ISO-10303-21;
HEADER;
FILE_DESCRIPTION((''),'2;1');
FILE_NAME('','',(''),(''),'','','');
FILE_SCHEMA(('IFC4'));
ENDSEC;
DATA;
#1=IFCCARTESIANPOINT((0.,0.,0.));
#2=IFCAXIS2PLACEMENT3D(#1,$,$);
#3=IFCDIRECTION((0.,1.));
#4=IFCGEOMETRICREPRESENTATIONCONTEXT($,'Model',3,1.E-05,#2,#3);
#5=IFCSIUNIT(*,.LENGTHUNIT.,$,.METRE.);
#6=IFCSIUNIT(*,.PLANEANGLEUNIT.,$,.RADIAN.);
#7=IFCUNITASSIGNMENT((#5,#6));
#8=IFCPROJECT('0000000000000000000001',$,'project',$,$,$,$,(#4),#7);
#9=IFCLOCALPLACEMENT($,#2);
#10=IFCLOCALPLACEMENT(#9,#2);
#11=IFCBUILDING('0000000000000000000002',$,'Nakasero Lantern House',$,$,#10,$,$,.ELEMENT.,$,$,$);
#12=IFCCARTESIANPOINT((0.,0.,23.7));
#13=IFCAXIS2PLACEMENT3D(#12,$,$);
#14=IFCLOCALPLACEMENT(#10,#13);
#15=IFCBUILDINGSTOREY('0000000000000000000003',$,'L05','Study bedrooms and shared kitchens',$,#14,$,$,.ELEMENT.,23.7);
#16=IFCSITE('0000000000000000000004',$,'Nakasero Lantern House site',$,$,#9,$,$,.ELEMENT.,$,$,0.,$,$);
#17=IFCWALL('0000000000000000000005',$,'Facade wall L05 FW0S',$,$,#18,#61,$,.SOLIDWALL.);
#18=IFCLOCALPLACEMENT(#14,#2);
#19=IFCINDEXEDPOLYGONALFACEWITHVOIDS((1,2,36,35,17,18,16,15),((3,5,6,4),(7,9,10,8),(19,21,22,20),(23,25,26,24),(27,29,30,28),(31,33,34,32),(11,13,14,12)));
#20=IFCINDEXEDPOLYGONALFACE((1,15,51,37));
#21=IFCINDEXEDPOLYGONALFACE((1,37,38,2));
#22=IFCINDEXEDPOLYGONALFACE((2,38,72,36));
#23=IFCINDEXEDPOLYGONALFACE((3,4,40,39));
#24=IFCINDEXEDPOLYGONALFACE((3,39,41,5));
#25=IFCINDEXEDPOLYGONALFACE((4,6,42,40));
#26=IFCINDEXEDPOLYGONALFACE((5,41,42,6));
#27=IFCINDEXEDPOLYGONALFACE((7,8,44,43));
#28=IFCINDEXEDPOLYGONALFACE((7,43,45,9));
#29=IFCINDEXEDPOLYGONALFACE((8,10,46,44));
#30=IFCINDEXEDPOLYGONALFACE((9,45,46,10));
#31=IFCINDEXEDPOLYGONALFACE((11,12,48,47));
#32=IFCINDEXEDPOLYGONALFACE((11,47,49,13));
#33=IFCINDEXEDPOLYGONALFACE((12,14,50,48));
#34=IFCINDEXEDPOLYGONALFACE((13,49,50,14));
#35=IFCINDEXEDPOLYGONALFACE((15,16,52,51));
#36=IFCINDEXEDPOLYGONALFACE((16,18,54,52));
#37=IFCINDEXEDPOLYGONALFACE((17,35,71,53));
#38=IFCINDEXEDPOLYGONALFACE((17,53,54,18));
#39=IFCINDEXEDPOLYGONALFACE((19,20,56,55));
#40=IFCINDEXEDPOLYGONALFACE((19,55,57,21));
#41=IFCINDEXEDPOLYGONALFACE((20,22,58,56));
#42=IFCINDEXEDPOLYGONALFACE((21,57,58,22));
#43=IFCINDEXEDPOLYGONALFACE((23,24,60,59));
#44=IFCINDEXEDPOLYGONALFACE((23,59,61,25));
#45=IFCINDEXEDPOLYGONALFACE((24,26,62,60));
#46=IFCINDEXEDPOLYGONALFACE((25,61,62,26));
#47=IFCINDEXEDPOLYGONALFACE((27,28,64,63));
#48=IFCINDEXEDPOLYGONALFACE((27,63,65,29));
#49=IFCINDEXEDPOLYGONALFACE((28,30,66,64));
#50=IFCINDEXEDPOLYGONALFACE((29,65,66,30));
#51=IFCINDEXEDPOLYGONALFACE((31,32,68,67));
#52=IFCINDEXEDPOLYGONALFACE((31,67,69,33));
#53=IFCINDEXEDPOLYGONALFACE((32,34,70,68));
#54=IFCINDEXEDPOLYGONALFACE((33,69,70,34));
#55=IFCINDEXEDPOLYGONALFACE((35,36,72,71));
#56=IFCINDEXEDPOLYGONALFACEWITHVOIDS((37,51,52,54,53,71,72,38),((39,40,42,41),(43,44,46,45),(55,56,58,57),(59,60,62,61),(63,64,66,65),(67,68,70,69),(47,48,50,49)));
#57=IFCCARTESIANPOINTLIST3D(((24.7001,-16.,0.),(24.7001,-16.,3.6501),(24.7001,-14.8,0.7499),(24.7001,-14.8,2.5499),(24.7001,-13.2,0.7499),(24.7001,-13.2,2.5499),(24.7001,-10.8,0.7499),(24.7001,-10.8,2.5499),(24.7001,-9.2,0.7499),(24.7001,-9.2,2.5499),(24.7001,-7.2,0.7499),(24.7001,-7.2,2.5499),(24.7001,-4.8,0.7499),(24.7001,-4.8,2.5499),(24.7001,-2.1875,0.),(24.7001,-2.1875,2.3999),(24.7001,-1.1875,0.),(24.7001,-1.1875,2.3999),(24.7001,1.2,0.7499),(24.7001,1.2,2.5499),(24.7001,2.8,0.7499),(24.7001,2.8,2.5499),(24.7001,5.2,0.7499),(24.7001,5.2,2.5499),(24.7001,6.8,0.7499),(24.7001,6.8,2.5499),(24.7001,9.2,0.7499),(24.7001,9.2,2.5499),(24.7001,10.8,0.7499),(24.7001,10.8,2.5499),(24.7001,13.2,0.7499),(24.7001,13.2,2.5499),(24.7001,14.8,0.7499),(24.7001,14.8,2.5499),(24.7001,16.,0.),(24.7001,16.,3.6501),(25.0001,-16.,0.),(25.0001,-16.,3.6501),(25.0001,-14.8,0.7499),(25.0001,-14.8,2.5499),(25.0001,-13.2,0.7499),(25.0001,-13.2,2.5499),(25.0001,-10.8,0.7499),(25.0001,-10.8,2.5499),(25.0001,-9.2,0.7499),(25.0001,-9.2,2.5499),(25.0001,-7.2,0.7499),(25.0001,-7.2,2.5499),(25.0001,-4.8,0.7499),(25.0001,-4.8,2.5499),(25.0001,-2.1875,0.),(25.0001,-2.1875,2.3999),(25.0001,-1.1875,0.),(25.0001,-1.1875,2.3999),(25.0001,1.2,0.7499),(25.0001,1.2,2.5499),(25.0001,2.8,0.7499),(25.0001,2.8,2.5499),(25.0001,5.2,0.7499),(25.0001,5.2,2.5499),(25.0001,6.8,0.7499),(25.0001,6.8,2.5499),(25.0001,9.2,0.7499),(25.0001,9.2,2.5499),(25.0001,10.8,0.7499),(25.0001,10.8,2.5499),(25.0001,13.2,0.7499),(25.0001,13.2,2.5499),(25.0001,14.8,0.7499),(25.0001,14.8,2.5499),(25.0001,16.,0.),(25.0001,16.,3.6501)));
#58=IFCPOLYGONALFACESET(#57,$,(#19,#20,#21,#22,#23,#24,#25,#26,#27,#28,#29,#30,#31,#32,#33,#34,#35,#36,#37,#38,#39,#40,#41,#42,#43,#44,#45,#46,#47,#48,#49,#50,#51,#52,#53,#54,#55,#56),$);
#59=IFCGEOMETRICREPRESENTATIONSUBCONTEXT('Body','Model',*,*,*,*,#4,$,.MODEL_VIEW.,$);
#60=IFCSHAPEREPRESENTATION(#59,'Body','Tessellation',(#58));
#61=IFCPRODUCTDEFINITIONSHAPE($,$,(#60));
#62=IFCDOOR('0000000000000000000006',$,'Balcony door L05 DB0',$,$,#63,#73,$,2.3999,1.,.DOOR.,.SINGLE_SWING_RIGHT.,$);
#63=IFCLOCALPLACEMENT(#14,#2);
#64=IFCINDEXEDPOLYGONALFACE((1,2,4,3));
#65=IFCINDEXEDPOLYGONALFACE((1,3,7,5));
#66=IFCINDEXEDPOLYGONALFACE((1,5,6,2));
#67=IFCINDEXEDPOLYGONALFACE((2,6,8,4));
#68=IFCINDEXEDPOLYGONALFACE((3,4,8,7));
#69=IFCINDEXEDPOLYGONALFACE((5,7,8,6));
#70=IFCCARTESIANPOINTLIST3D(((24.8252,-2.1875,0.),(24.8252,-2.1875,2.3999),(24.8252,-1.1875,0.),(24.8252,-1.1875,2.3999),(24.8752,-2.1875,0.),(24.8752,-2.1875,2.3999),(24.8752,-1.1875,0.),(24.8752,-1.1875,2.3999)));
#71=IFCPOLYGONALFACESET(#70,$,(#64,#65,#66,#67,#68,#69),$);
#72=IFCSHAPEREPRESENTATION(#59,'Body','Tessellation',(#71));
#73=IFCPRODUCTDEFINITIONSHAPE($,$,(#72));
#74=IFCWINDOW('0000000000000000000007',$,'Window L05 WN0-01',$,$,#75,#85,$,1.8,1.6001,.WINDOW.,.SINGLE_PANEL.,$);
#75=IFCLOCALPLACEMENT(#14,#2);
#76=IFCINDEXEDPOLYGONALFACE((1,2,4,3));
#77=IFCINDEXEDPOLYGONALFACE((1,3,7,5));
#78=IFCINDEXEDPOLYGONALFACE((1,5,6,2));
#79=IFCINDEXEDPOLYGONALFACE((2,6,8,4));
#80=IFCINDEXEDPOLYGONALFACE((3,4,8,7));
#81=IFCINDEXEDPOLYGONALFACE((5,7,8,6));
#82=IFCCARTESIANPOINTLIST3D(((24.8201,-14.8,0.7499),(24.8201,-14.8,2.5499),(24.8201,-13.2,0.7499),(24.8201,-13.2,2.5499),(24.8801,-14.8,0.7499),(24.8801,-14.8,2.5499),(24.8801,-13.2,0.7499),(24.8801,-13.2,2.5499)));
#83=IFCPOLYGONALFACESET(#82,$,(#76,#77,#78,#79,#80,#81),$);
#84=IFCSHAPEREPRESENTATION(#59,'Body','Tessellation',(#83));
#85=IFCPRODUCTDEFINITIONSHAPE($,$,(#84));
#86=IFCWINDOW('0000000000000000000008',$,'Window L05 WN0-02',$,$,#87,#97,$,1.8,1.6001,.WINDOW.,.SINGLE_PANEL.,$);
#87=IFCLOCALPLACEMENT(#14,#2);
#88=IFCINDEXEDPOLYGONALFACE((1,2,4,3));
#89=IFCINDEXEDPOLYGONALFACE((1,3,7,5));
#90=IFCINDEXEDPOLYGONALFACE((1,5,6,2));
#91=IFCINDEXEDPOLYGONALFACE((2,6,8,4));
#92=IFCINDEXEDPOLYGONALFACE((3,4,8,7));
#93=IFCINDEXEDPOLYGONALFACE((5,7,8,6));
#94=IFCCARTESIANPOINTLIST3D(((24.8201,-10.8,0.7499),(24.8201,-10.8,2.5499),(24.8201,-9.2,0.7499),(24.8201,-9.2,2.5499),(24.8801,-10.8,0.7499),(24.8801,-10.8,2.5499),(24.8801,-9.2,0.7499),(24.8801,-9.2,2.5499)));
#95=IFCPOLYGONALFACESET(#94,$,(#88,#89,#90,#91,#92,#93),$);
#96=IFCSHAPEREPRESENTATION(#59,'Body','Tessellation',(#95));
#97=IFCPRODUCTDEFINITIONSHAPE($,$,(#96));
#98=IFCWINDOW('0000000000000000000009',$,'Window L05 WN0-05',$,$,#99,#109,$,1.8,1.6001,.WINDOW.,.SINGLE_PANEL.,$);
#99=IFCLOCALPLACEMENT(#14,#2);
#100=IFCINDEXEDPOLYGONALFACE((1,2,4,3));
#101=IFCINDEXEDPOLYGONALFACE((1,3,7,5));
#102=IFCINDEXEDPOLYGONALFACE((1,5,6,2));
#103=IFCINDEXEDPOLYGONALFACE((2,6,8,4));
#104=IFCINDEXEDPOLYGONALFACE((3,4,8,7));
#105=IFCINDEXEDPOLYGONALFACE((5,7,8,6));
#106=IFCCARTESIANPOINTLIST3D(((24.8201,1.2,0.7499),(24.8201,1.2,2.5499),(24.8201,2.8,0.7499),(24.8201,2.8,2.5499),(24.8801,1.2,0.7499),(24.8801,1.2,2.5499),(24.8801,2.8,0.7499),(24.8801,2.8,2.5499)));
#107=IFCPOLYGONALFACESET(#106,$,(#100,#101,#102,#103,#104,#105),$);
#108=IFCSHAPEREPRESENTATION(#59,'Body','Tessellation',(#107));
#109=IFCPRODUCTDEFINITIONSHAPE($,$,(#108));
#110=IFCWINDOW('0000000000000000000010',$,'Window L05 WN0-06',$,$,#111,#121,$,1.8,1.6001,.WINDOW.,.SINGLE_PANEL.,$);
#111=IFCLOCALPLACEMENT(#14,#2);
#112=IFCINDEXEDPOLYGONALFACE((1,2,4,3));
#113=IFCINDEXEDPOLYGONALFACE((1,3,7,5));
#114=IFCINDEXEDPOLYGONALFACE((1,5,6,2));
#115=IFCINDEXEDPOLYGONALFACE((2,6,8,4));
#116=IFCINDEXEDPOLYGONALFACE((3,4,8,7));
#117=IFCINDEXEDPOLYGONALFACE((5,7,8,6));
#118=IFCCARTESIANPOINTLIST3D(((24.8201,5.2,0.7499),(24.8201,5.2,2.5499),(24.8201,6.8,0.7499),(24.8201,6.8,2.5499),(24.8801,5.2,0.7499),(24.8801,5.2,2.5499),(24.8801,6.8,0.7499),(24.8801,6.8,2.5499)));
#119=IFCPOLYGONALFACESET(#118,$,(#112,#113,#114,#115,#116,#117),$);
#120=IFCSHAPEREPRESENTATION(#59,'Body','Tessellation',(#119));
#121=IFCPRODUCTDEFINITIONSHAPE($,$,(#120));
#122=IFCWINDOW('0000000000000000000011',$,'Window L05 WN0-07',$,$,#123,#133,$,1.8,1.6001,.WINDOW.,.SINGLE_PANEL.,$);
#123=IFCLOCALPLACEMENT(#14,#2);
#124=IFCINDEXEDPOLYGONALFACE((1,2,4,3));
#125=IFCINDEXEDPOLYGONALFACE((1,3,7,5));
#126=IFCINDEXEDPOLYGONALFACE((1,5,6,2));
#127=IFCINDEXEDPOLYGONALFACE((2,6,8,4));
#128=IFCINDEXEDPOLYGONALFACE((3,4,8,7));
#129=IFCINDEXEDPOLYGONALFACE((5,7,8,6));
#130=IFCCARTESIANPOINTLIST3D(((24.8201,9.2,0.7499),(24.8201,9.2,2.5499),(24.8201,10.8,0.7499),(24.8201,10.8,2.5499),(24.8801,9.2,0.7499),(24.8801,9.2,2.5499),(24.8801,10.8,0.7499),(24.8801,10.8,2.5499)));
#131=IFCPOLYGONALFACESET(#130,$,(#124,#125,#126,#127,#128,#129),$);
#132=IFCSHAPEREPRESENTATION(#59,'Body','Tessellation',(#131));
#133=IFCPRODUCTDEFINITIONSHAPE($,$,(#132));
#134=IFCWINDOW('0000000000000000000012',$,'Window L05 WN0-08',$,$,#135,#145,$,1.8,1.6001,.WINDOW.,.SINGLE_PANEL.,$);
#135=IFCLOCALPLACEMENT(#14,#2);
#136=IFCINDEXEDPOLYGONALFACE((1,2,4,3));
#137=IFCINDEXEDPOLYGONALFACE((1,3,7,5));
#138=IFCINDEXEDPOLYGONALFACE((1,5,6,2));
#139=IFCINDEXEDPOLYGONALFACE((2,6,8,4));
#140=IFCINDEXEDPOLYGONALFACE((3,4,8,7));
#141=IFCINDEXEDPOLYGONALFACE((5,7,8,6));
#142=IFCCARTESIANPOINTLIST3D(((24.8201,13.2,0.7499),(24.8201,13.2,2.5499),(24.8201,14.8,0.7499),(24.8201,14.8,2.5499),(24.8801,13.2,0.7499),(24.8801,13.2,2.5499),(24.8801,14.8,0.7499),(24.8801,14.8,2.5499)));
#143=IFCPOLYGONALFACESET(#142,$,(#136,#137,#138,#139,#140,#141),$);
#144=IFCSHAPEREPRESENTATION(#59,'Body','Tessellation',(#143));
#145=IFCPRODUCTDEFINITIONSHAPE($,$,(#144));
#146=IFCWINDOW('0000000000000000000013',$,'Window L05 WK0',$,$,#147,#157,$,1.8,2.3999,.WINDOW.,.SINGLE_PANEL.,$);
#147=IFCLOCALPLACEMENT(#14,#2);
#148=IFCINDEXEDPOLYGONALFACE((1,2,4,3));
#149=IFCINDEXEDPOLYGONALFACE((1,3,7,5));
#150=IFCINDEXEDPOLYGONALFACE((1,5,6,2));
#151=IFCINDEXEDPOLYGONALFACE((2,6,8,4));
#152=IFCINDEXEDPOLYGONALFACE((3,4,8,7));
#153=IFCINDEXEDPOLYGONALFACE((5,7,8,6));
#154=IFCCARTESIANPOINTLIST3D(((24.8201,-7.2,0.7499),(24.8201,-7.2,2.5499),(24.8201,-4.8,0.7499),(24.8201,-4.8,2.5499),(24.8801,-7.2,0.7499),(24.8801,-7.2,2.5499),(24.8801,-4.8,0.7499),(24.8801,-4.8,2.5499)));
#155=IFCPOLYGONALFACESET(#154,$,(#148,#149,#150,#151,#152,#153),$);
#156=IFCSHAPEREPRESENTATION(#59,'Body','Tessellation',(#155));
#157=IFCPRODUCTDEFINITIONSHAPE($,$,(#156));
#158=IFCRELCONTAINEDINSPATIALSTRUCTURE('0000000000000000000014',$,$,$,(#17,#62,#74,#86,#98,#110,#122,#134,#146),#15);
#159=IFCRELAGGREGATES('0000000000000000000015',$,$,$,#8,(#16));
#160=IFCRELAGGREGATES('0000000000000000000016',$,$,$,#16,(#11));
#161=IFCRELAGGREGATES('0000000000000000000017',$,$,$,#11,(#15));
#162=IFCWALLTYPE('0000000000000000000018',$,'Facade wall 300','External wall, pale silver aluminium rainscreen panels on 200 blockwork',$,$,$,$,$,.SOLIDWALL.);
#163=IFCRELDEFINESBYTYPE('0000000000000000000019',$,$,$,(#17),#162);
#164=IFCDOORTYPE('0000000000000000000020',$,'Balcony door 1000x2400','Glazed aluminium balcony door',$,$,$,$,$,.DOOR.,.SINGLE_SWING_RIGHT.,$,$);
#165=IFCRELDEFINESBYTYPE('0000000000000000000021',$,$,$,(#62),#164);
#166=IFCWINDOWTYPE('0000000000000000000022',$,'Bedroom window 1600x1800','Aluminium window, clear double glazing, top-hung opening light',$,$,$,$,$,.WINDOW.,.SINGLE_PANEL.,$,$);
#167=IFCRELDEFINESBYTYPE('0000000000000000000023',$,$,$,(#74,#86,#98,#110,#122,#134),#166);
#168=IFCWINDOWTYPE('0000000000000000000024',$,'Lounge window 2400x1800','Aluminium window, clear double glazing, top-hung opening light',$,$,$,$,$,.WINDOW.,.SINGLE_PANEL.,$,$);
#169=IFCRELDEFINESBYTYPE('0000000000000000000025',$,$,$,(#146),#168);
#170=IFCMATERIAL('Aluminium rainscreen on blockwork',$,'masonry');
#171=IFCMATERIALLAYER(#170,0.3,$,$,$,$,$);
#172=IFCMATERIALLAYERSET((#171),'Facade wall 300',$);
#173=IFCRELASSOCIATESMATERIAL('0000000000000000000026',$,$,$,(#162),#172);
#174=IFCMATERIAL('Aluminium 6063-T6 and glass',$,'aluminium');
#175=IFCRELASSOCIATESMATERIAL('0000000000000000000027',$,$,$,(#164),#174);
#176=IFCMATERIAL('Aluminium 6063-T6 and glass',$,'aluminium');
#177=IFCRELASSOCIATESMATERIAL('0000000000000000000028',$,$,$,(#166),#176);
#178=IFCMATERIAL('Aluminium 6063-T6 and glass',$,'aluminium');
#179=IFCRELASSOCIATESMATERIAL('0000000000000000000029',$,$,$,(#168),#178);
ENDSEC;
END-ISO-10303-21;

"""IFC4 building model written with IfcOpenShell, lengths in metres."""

from ifc_helpers import new_model, si_unit, direction, frame, frame_2d, origin, place, context, subcontext, project, spatial, rectangle, extrude, material, layer, layer_set, type_object, element, fill, save


model = new_model("IFC4")

# Units and contexts
model_context = context("Model", 3, precision=1e-05, world=origin(), true_north=direction((0.0, 1.0)))
body_context = subcontext(model_context, "Body", "Model", "MODEL_VIEW")
ifc_project = project(units=[si_unit("LENGTHUNIT", "METRE"), si_unit("PLANEANGLEUNIT", "RADIAN")], contexts=[model_context])

# Site, building, storey
site_placement = place(None, origin())
site = spatial("IfcSite", under=ifc_project, at=site_placement, Name="Nakasero Lantern House site", CompositionType="ELEMENT", RefElevation=0.0)
building_placement = place(site_placement, origin())
building = spatial("IfcBuilding", under=site, at=building_placement, Name="Nakasero Lantern House", CompositionType="ELEMENT")
storey_placement = place(building_placement, frame((0.0, 0.0, 23.7)))
storey = spatial("IfcBuildingStorey", under=building, at=storey_placement, Name="L05", Description="Study bedrooms and shared kitchens", CompositionType="ELEMENT", Elevation=23.7)

# Wall, openings, door, windows
ifc_material_1 = material(Name="Aluminium rainscreen on blockwork", Category="masonry")
ifc_layer_1 = layer(ifc_material_1, 0.3)
ifc_layer_set_1 = layer_set([ifc_layer_1], Name="Facade wall 300")
wall_type_1 = type_object("IfcWallType", Name="Facade wall 300", Description="External wall, pale silver aluminium rainscreen panels on 200 blockwork", PredefinedType="SOLIDWALL", material=ifc_layer_set_1)
wall_1_placement = place(storey_placement, frame((24.8501, -16.0, 0.0), z_axis=(0.0, 0.0, 1.0), x_axis=(0.0, 1.0, 0.0)))
wall_1 = element("IfcWall", 1, at=wall_1_placement, inside=storey, type_object=wall_type_1, Name="Facade wall L05 FW0S", PredefinedType="SOLIDWALL", context=body_context, shape_type="SweptSolid", body=[
    extrude(rectangle(XDim=32.0, YDim=0.3, at=frame_2d((16.0, 0.0))), origin(), (0.0, 0.0, 1.0), 3.6501),
])
opening_1_placement = place(wall_1_placement, frame((1.2, 0.0, 0.75)))
opening_1 = element("IfcOpeningElement", 2, at=opening_1_placement, cuts=wall_1, PredefinedType="OPENING", context=body_context, shape_type="SweptSolid", body=[
    extrude(rectangle(XDim=1.6001, YDim=1.8, at=frame_2d((0.8, 0.8999))), frame((0.0, 0.1699, 0.0), z_axis=(0.0, -1.0, 0.0), x_axis=(1.0, 0.0, 0.0)), (0.0, 0.0, 1.0), 0.3401),
])
opening_2_placement = place(wall_1_placement, frame((5.2, 0.0, 0.75)))
opening_2 = element("IfcOpeningElement", 3, at=opening_2_placement, cuts=wall_1, PredefinedType="OPENING", context=body_context, shape_type="SweptSolid", body=[
    extrude(rectangle(XDim=1.6001, YDim=1.8, at=frame_2d((0.8, 0.8999))), frame((0.0, 0.1699, 0.0), z_axis=(0.0, -1.0, 0.0), x_axis=(1.0, 0.0, 0.0)), (0.0, 0.0, 1.0), 0.3401),
])
opening_3_placement = place(wall_1_placement, frame((17.2, 0.0, 0.75)))
opening_3 = element("IfcOpeningElement", 4, at=opening_3_placement, cuts=wall_1, PredefinedType="OPENING", context=body_context, shape_type="SweptSolid", body=[
    extrude(rectangle(XDim=1.6001, YDim=1.8, at=frame_2d((0.8, 0.8999))), frame((0.0, 0.1699, 0.0), z_axis=(0.0, -1.0, 0.0), x_axis=(1.0, 0.0, 0.0)), (0.0, 0.0, 1.0), 0.3401),
])
opening_4_placement = place(wall_1_placement, frame((21.2, 0.0, 0.75)))
opening_4 = element("IfcOpeningElement", 5, at=opening_4_placement, cuts=wall_1, PredefinedType="OPENING", context=body_context, shape_type="SweptSolid", body=[
    extrude(rectangle(XDim=1.6001, YDim=1.8, at=frame_2d((0.8, 0.8999))), frame((0.0, 0.1699, 0.0), z_axis=(0.0, -1.0, 0.0), x_axis=(1.0, 0.0, 0.0)), (0.0, 0.0, 1.0), 0.3401),
])
opening_5_placement = place(wall_1_placement, frame((25.2, 0.0, 0.75)))
opening_5 = element("IfcOpeningElement", 6, at=opening_5_placement, cuts=wall_1, PredefinedType="OPENING", context=body_context, shape_type="SweptSolid", body=[
    extrude(rectangle(XDim=1.6001, YDim=1.8, at=frame_2d((0.8, 0.8999))), frame((0.0, 0.1699, 0.0), z_axis=(0.0, -1.0, 0.0), x_axis=(1.0, 0.0, 0.0)), (0.0, 0.0, 1.0), 0.3401),
])
opening_6_placement = place(wall_1_placement, frame((29.2, 0.0, 0.75)))
opening_6 = element("IfcOpeningElement", 7, at=opening_6_placement, cuts=wall_1, PredefinedType="OPENING", context=body_context, shape_type="SweptSolid", body=[
    extrude(rectangle(XDim=1.6001, YDim=1.8, at=frame_2d((0.8, 0.8999))), frame((0.0, 0.1699, 0.0), z_axis=(0.0, -1.0, 0.0), x_axis=(1.0, 0.0, 0.0)), (0.0, 0.0, 1.0), 0.3401),
])
opening_7_placement = place(wall_1_placement, frame((8.8, 0.0, 0.75)))
opening_7 = element("IfcOpeningElement", 8, at=opening_7_placement, cuts=wall_1, PredefinedType="OPENING", context=body_context, shape_type="SweptSolid", body=[
    extrude(rectangle(XDim=2.3999, YDim=1.8, at=frame_2d((1.2, 0.8999))), frame((0.0, 0.1699, 0.0), z_axis=(0.0, -1.0, 0.0), x_axis=(1.0, 0.0, 0.0)), (0.0, 0.0, 1.0), 0.3401),
])
opening_8_placement = place(wall_1_placement, frame((13.8125, 0.0, 0.0)))
opening_8 = element("IfcOpeningElement", 9, at=opening_8_placement, cuts=wall_1, PredefinedType="OPENING", context=body_context, shape_type="SweptSolid", body=[
    extrude(rectangle(XDim=1.0, YDim=2.3999, at=frame_2d((0.5, 1.2))), frame((0.0, 0.1699, 0.0), z_axis=(0.0, -1.0, 0.0), x_axis=(1.0, 0.0, 0.0)), (0.0, 0.0, 1.0), 0.3401),
])
ifc_material_2 = material(Name="Aluminium 6063-T6 and glass", Category="aluminium")
door_type = type_object("IfcDoorType", Name="Balcony door 1000x2400", Description="Glazed aluminium balcony door", OperationType="SINGLE_SWING_RIGHT", PredefinedType="DOOR", material=ifc_material_2)
door_placement = place(opening_8_placement, origin())
door = element("IfcDoor", 10, at=door_placement, inside=storey, type_object=door_type, Name="Balcony door L05 DB0", OperationType="SINGLE_SWING_RIGHT", OverallHeight=2.3999, OverallWidth=1.0, PredefinedType="DOOR", context=body_context, shape_type="SweptSolid", body=[
    extrude(rectangle(XDim=1.0, YDim=2.3999, at=frame_2d((0.5, 1.2))), frame((0.0, 0.0249, 0.0), z_axis=(0.0, -1.0, 0.0), x_axis=(1.0, 0.0, 0.0)), (0.0, 0.0, 1.0), 0.05),
])
fill(opening_8, door)
ifc_material_3 = material(Name="Aluminium 6063-T6 and glass", Category="aluminium")
window_type_1 = type_object("IfcWindowType", Name="Bedroom window 1600x1800", Description="Aluminium window, clear double glazing, top-hung opening light", PartitioningType="SINGLE_PANEL", PredefinedType="WINDOW", material=ifc_material_3)
window_1_placement = place(opening_1_placement, origin())
window_1 = element("IfcWindow", 11, at=window_1_placement, inside=storey, type_object=window_type_1, Name="Window L05 WN0-01", OverallHeight=1.8, OverallWidth=1.6001, PartitioningType="SINGLE_PANEL", PredefinedType="WINDOW", context=body_context, shape_type="SweptSolid", body=[
    extrude(rectangle(XDim=1.6001, YDim=1.8, at=frame_2d((0.8, 0.8999))), frame((0.0, 0.03, 0.0), z_axis=(0.0, -1.0, 0.0), x_axis=(1.0, 0.0, 0.0)), (0.0, 0.0, 1.0), 0.0601),
])
fill(opening_1, window_1)
window_2_placement = place(opening_2_placement, origin())
window_2 = element("IfcWindow", 12, at=window_2_placement, inside=storey, type_object=window_type_1, Name="Window L05 WN0-02", OverallHeight=1.8, OverallWidth=1.6001, PartitioningType="SINGLE_PANEL", PredefinedType="WINDOW", context=body_context, shape_type="SweptSolid", body=[
    extrude(rectangle(XDim=1.6001, YDim=1.8, at=frame_2d((0.8, 0.8999))), frame((0.0, 0.03, 0.0), z_axis=(0.0, -1.0, 0.0), x_axis=(1.0, 0.0, 0.0)), (0.0, 0.0, 1.0), 0.0601),
])
fill(opening_2, window_2)
window_3_placement = place(opening_3_placement, origin())
window_3 = element("IfcWindow", 13, at=window_3_placement, inside=storey, type_object=window_type_1, Name="Window L05 WN0-05", OverallHeight=1.8, OverallWidth=1.6001, PartitioningType="SINGLE_PANEL", PredefinedType="WINDOW", context=body_context, shape_type="SweptSolid", body=[
    extrude(rectangle(XDim=1.6001, YDim=1.8, at=frame_2d((0.8, 0.8999))), frame((0.0, 0.03, 0.0), z_axis=(0.0, -1.0, 0.0), x_axis=(1.0, 0.0, 0.0)), (0.0, 0.0, 1.0), 0.0601),
])
fill(opening_3, window_3)
window_4_placement = place(opening_4_placement, origin())
window_4 = element("IfcWindow", 14, at=window_4_placement, inside=storey, type_object=window_type_1, Name="Window L05 WN0-06", OverallHeight=1.8, OverallWidth=1.6001, PartitioningType="SINGLE_PANEL", PredefinedType="WINDOW", context=body_context, shape_type="SweptSolid", body=[
    extrude(rectangle(XDim=1.6001, YDim=1.8, at=frame_2d((0.8, 0.8999))), frame((0.0, 0.03, 0.0), z_axis=(0.0, -1.0, 0.0), x_axis=(1.0, 0.0, 0.0)), (0.0, 0.0, 1.0), 0.0601),
])
fill(opening_4, window_4)
window_5_placement = place(opening_5_placement, origin())
window_5 = element("IfcWindow", 15, at=window_5_placement, inside=storey, type_object=window_type_1, Name="Window L05 WN0-07", OverallHeight=1.8, OverallWidth=1.6001, PartitioningType="SINGLE_PANEL", PredefinedType="WINDOW", context=body_context, shape_type="SweptSolid", body=[
    extrude(rectangle(XDim=1.6001, YDim=1.8, at=frame_2d((0.8, 0.8999))), frame((0.0, 0.03, 0.0), z_axis=(0.0, -1.0, 0.0), x_axis=(1.0, 0.0, 0.0)), (0.0, 0.0, 1.0), 0.0601),
])
fill(opening_5, window_5)
window_6_placement = place(opening_6_placement, origin())
window_6 = element("IfcWindow", 16, at=window_6_placement, inside=storey, type_object=window_type_1, Name="Window L05 WN0-08", OverallHeight=1.8, OverallWidth=1.6001, PartitioningType="SINGLE_PANEL", PredefinedType="WINDOW", context=body_context, shape_type="SweptSolid", body=[
    extrude(rectangle(XDim=1.6001, YDim=1.8, at=frame_2d((0.8, 0.8999))), frame((0.0, 0.03, 0.0), z_axis=(0.0, -1.0, 0.0), x_axis=(1.0, 0.0, 0.0)), (0.0, 0.0, 1.0), 0.0601),
])
fill(opening_6, window_6)
ifc_material_4 = material(Name="Aluminium 6063-T6 and glass", Category="aluminium")
window_type_2 = type_object("IfcWindowType", Name="Lounge window 2400x1800", Description="Aluminium window, clear double glazing, top-hung opening light", PartitioningType="SINGLE_PANEL", PredefinedType="WINDOW", material=ifc_material_4)
window_7_placement = place(opening_7_placement, origin())
window_7 = element("IfcWindow", 17, at=window_7_placement, inside=storey, type_object=window_type_2, Name="Window L05 WK0", OverallHeight=1.8, OverallWidth=2.3999, PartitioningType="SINGLE_PANEL", PredefinedType="WINDOW", context=body_context, shape_type="SweptSolid", body=[
    extrude(rectangle(XDim=2.3999, YDim=1.8, at=frame_2d((1.2, 0.8999))), frame((0.0, 0.03, 0.0), z_axis=(0.0, -1.0, 0.0), x_axis=(1.0, 0.0, 0.0)), (0.0, 0.0, 1.0), 0.0601),
])
fill(opening_7, window_7)

save(model, "model.ifc")
